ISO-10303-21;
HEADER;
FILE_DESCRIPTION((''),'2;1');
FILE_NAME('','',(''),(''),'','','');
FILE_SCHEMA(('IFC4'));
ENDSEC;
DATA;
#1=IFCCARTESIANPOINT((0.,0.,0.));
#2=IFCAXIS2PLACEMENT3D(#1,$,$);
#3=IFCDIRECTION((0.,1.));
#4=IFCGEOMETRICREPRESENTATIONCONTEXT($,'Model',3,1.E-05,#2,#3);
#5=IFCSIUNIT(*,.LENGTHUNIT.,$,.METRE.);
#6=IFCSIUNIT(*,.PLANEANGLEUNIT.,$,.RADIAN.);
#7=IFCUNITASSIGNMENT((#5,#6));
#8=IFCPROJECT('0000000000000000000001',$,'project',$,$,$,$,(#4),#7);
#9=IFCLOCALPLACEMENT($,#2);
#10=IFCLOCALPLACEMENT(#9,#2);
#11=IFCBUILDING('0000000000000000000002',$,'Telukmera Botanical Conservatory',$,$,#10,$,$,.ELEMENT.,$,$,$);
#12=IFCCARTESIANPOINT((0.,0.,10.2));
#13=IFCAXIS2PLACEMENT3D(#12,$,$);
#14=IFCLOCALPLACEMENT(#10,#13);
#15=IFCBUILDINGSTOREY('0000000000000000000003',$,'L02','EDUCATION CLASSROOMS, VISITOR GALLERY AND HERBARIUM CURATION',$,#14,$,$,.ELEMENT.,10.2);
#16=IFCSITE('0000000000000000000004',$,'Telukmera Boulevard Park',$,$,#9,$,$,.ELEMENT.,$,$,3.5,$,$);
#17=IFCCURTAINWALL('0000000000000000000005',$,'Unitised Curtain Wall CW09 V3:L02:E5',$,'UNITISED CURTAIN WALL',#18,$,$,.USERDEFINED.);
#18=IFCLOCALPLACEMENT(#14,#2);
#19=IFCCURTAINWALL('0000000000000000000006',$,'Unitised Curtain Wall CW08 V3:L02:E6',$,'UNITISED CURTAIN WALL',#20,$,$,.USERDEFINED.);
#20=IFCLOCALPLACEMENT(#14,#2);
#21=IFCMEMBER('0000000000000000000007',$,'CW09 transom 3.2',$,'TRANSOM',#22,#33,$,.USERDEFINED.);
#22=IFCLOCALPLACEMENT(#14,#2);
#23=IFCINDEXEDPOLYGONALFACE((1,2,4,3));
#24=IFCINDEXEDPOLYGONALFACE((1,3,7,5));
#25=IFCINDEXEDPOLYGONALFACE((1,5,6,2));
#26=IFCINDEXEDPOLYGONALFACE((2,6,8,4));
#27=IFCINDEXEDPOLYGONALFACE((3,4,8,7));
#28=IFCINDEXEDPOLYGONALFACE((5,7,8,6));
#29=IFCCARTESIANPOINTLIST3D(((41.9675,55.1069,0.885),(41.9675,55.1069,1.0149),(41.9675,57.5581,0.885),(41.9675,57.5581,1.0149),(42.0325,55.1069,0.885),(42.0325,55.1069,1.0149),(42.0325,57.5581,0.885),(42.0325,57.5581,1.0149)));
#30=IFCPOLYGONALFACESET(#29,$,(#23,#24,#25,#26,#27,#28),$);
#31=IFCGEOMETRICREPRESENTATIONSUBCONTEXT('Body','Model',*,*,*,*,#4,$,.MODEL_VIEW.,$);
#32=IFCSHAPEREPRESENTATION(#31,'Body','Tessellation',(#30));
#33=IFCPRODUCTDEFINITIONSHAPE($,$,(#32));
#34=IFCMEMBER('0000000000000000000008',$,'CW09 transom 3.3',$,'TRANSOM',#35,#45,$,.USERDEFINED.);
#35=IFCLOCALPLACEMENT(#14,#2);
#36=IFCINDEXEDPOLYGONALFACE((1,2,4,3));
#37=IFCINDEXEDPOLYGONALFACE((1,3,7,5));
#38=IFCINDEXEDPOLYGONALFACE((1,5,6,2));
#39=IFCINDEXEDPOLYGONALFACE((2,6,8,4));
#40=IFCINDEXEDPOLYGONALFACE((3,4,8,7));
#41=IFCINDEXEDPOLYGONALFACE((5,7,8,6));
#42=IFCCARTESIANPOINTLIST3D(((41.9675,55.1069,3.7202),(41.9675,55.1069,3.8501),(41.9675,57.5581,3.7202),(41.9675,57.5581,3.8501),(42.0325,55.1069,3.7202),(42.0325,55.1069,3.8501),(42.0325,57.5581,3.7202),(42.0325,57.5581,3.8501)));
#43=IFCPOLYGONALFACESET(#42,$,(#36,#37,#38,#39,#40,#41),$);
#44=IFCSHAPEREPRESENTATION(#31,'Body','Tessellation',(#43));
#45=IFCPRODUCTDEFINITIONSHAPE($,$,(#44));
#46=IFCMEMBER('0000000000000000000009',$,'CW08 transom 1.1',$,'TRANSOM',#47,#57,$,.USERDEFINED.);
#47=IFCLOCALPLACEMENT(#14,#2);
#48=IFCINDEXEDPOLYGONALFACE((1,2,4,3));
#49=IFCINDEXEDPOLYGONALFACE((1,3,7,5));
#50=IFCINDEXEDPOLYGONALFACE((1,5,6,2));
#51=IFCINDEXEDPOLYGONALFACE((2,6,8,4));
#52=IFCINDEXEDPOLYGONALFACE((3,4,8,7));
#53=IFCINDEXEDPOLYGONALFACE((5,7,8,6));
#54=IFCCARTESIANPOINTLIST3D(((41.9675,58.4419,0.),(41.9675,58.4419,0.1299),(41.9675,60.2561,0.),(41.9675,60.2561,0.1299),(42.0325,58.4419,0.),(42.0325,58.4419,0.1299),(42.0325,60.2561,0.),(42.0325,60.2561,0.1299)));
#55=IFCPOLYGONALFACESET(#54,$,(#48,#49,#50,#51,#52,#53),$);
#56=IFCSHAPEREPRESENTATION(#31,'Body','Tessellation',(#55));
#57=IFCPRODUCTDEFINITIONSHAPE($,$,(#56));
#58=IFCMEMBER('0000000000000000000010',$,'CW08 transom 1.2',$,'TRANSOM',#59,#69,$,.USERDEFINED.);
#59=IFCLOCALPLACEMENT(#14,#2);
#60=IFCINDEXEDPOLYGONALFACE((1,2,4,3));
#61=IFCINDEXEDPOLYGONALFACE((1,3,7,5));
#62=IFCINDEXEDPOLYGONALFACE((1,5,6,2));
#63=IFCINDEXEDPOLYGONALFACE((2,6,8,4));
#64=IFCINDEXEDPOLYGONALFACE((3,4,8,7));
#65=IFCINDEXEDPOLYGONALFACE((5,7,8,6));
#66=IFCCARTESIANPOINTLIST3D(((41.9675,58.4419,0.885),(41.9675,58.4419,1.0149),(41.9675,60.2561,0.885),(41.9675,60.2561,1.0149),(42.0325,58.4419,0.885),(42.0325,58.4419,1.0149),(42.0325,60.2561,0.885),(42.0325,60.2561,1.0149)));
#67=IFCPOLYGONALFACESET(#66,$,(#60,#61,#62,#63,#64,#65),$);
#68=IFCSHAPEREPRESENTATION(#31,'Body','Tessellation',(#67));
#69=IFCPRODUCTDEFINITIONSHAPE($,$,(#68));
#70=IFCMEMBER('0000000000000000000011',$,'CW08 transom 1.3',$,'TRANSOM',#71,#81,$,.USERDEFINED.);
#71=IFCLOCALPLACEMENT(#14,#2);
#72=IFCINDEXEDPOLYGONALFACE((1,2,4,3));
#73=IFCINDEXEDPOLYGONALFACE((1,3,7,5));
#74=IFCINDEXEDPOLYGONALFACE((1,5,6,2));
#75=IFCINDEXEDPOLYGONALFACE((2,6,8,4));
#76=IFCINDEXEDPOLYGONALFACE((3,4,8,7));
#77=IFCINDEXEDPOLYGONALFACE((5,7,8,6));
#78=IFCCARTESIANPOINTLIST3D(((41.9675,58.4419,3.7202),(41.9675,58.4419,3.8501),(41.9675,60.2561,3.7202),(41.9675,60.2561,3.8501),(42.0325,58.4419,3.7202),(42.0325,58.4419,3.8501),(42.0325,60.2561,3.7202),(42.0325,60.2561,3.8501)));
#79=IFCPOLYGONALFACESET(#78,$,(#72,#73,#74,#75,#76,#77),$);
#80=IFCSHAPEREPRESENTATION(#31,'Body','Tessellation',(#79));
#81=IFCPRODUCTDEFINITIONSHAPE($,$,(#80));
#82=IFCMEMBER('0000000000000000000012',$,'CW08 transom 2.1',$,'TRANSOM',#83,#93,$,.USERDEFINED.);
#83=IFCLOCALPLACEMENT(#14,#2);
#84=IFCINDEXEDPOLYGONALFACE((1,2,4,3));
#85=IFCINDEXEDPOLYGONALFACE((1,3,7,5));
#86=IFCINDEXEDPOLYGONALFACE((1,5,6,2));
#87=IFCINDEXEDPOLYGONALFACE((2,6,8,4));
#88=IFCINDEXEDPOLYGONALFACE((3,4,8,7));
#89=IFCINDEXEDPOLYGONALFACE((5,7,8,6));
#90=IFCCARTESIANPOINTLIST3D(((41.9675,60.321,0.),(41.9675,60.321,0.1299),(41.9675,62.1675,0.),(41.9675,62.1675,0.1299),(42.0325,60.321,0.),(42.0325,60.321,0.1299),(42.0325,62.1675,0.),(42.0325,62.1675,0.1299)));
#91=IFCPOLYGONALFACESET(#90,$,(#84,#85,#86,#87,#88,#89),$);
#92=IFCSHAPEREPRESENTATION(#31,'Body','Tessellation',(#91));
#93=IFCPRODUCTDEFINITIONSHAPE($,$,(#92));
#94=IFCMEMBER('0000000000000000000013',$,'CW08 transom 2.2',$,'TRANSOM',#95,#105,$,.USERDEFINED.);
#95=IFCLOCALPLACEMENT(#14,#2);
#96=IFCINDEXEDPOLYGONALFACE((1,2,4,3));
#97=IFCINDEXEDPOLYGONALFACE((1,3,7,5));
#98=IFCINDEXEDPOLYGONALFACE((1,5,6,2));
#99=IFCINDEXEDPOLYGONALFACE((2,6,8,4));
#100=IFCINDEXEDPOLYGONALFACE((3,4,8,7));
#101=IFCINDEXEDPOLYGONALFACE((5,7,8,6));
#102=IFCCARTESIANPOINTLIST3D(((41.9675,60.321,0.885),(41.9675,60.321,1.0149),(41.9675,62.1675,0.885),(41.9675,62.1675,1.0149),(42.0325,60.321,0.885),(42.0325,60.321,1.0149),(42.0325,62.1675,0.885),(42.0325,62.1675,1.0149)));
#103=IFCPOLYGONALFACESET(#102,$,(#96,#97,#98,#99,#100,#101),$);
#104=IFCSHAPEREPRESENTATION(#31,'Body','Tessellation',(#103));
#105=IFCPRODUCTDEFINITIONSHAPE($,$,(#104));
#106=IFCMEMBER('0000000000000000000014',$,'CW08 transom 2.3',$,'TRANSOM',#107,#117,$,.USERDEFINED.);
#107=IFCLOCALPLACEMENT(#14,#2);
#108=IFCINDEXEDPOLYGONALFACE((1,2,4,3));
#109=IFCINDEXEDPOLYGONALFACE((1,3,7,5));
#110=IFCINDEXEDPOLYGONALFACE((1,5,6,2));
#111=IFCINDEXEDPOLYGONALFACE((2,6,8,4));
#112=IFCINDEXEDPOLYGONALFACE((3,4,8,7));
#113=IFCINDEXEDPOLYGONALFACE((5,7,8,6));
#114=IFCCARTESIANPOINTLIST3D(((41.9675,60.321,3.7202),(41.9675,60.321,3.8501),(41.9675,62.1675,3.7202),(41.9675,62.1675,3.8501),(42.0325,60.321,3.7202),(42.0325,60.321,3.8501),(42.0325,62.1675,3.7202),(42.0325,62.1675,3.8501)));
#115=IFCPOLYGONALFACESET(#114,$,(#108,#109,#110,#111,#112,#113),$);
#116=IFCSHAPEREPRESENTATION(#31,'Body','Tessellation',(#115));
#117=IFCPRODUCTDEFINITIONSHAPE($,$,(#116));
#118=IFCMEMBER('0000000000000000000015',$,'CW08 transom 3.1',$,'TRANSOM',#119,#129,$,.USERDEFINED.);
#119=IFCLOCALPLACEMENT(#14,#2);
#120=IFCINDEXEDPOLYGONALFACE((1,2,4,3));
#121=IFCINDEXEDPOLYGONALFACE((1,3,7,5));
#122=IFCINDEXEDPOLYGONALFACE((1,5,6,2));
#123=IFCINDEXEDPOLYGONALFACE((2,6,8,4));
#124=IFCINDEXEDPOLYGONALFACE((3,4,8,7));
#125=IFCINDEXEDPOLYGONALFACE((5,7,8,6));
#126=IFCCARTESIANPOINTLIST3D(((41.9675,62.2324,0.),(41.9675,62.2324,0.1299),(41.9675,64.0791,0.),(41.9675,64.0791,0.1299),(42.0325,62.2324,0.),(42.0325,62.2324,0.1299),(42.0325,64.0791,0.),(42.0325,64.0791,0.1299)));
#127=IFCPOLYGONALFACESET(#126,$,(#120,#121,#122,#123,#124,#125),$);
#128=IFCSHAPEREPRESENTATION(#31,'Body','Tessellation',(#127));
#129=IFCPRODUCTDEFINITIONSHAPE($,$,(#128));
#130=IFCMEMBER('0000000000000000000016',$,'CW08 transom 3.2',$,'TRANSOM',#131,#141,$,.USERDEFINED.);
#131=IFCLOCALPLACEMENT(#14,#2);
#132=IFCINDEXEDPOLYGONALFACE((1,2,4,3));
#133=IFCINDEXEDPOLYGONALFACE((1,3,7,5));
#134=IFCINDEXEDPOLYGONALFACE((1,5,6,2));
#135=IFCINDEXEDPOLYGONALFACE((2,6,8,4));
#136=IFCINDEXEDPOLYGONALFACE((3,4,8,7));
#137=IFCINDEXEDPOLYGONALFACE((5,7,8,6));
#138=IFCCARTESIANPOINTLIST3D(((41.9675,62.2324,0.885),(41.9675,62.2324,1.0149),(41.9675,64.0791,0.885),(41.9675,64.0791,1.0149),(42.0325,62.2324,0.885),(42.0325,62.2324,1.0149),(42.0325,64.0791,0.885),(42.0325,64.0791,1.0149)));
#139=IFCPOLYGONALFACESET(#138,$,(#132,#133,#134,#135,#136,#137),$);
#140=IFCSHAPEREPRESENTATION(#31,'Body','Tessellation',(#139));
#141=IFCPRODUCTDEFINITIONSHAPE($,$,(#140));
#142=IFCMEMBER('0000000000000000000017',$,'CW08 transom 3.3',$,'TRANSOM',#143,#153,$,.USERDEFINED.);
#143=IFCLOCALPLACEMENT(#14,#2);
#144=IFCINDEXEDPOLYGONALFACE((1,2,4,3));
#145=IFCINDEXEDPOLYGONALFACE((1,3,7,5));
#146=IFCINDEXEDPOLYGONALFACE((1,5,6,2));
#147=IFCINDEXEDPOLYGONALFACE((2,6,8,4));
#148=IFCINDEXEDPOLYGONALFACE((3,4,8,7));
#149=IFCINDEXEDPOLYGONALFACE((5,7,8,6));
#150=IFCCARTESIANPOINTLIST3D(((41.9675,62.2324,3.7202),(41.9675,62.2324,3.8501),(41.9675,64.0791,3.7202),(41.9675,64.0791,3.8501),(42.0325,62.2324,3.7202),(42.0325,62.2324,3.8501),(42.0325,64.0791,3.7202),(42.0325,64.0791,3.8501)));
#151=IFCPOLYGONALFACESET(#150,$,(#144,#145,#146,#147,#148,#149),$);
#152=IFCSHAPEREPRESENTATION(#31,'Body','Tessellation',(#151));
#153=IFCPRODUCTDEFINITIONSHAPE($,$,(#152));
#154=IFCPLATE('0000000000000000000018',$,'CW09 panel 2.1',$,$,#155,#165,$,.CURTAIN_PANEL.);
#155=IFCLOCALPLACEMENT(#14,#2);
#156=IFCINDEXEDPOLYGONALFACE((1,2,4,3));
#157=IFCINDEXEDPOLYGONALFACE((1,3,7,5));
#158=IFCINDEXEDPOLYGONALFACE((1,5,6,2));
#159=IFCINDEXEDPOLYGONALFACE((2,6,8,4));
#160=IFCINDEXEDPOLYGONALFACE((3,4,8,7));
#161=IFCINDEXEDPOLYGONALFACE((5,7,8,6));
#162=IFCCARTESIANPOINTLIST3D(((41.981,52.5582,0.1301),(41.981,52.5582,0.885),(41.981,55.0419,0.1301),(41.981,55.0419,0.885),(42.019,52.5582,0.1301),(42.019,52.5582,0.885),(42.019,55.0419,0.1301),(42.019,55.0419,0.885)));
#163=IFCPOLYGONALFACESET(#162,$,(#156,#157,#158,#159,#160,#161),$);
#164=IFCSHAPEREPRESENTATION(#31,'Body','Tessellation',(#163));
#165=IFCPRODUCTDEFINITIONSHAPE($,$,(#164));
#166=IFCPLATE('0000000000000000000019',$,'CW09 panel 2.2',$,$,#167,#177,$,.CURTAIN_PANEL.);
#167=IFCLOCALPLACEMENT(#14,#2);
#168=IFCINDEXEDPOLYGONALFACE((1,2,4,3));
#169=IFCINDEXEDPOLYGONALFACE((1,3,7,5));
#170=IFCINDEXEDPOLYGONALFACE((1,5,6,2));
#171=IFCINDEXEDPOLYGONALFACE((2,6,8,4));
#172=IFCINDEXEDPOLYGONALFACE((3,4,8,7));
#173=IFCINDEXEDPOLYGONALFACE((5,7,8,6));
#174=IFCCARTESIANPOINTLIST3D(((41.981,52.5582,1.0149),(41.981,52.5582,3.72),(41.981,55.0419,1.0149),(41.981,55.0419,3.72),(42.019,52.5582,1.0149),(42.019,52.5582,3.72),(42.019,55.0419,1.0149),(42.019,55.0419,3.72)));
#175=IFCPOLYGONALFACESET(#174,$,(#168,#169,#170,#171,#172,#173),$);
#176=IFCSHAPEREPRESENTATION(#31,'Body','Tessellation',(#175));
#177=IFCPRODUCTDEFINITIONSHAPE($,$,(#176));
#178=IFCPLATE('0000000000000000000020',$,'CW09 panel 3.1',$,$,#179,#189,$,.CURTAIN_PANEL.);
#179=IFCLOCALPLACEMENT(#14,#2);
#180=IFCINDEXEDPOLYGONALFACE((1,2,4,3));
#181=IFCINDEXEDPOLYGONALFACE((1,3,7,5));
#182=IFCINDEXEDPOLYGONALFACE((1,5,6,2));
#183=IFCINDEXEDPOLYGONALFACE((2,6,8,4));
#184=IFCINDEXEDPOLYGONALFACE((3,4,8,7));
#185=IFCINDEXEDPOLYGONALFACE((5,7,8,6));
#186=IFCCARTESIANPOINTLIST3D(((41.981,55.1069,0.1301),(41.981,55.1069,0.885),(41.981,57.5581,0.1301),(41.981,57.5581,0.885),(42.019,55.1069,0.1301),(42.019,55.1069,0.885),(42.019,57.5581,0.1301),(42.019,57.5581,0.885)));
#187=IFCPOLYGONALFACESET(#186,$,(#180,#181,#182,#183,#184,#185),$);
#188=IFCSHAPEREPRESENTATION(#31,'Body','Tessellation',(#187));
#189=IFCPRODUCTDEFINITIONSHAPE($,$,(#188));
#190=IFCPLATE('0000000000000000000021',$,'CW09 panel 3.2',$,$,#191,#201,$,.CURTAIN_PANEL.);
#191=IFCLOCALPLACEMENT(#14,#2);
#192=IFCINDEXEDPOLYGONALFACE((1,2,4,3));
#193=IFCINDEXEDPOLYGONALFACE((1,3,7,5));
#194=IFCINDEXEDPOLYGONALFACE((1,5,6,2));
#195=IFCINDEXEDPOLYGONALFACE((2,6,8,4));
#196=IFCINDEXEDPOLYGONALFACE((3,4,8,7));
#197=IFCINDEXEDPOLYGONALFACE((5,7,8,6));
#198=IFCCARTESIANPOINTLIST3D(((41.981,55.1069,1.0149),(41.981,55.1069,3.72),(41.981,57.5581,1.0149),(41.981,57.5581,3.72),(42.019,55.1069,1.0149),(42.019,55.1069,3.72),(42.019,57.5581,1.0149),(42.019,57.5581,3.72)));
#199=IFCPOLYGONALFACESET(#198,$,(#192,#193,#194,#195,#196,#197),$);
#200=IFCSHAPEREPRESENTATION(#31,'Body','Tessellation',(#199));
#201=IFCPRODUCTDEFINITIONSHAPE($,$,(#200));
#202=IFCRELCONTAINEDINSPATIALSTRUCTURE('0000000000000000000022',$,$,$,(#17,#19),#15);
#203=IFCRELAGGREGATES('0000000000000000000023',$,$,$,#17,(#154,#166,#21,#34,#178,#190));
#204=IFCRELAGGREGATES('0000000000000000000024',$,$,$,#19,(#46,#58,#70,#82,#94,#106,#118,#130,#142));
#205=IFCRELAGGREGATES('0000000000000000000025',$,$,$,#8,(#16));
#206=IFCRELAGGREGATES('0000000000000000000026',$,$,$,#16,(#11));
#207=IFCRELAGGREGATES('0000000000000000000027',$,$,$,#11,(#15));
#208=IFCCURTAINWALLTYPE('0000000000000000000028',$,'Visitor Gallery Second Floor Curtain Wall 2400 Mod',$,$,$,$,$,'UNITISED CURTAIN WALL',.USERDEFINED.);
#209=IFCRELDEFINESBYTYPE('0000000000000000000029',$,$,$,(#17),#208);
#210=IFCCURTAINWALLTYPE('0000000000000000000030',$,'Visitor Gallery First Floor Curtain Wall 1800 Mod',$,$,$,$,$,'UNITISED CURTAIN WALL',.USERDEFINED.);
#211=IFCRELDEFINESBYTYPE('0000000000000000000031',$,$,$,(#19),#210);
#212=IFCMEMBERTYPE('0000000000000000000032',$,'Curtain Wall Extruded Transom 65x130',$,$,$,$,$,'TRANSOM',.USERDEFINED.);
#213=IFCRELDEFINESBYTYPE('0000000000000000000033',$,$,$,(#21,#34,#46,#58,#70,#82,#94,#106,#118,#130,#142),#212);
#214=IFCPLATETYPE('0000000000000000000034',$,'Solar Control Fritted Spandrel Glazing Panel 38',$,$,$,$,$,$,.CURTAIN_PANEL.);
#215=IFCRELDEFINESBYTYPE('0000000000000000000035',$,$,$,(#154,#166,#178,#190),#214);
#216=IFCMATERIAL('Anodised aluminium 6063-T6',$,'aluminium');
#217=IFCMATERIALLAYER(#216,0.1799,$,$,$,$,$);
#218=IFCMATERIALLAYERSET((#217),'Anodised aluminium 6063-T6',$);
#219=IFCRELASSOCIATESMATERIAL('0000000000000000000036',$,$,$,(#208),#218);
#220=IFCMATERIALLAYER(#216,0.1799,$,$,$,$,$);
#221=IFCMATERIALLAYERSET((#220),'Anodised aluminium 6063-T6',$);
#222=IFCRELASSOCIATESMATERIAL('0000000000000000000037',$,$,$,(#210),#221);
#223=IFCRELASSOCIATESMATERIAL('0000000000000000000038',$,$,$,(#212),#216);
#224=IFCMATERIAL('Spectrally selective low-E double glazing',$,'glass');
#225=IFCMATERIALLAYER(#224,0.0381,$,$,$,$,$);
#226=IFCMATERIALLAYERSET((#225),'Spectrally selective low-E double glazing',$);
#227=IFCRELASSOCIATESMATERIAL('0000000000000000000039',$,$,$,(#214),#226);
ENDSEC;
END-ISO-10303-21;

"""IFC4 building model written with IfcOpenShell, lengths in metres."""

from ifc_helpers import new_model, si_unit, direction, frame, origin, origin_2d, place, context, subcontext, project, spatial, rectangle, extrude, material, layer, layer_set, material_profile, profile_set, type_object, element, aggregate, save


model = new_model("IFC4")

# Units and contexts
model_context = context("Model", 3, precision=1e-05, world=origin(), true_north=direction((0.0, 1.0)))
body_context = subcontext(model_context, "Body", "Model", "MODEL_VIEW")
ifc_project = project(units=[si_unit("LENGTHUNIT", "METRE"), si_unit("PLANEANGLEUNIT", "RADIAN")], contexts=[model_context])

# Site, building, storey
site_placement = place(None, origin())
site = spatial("IfcSite", under=ifc_project, at=site_placement, Name="Telukmera Boulevard Park", CompositionType="ELEMENT", RefElevation=3.5)
building_placement = place(site_placement, origin())
building = spatial("IfcBuilding", under=site, at=building_placement, Name="Telukmera Botanical Conservatory", CompositionType="ELEMENT")
storey_placement = place(building_placement, frame((0.0, 0.0, 10.2)))
storey = spatial("IfcBuildingStorey", under=building, at=storey_placement, Name="L02", Description="EDUCATION CLASSROOMS, VISITOR GALLERY AND HERBARIUM CURATION", CompositionType="ELEMENT", Elevation=10.2)

# Curtain walls
ifc_material_1 = material(Name="Anodised aluminium 6063-T6", Category="aluminium")
ifc_layer_1 = layer(ifc_material_1, 0.1799)
ifc_layer_set_1 = layer_set([ifc_layer_1], Name="Anodised aluminium 6063-T6")
curtain_wall_type_1 = type_object("IfcCurtainWallType", Name="Visitor Gallery Second Floor Curtain Wall 2400 Mod", ElementType="UNITISED CURTAIN WALL", PredefinedType="USERDEFINED", material=ifc_layer_set_1)
curtain_wall_1_placement = place(storey_placement, origin())
curtain_wall_1 = element("IfcCurtainWall", 1, at=curtain_wall_1_placement, inside=storey, type_object=curtain_wall_type_1, Name="Unitised Curtain Wall CW09 V3:L02:E5", ObjectType="UNITISED CURTAIN WALL", PredefinedType="USERDEFINED")
ifc_layer_2 = layer(ifc_material_1, 0.1799)
ifc_layer_set_2 = layer_set([ifc_layer_2], Name="Anodised aluminium 6063-T6")
curtain_wall_type_2 = type_object("IfcCurtainWallType", Name="Visitor Gallery First Floor Curtain Wall 1800 Mod", ElementType="UNITISED CURTAIN WALL", PredefinedType="USERDEFINED", material=ifc_layer_set_2)
curtain_wall_2_placement = place(storey_placement, origin())
curtain_wall_2 = element("IfcCurtainWall", 2, at=curtain_wall_2_placement, inside=storey, type_object=curtain_wall_type_2, Name="Unitised Curtain Wall CW08 V3:L02:E6", ObjectType="UNITISED CURTAIN WALL", PredefinedType="USERDEFINED")

# Members
ifc_material_profile_1 = material_profile(ifc_material_1, rectangle(XDim=0.0649, YDim=0.1299, at=origin_2d()), Name="ALU TRAN 65x130")
ifc_profile_set_1 = profile_set([ifc_material_profile_1], Name="Anodised aluminium 6063-T6")
member_type_1 = type_object("IfcMemberType", Name="Curtain Wall Extruded Transom 65x130", ElementType="TRANSOM", PredefinedType="USERDEFINED", material=ifc_profile_set_1)
member_1_placement = place(storey_placement, frame((42.0, 55.1069, 0.95), z_axis=(0.0, 1.0, 0.0), x_axis=(-1.0, 0.0, 0.0)))
member_1 = element("IfcMember", 3, at=member_1_placement, type_object=member_type_1, Name="CW09 transom 3.2", ObjectType="TRANSOM", PredefinedType="USERDEFINED", context=body_context, shape_type="SweptSolid", body=[
    extrude(rectangle(XDim=0.0649, YDim=0.1299, at=origin_2d()), origin(), (0.0, 0.0, 1.0), 2.4512),
])
member_2_placement = place(storey_placement, frame((42.0, 55.1069, 3.7852), z_axis=(0.0, 1.0, 0.0), x_axis=(-1.0, 0.0, 0.0)))
member_2 = element("IfcMember", 4, at=member_2_placement, type_object=member_type_1, Name="CW09 transom 3.3", ObjectType="TRANSOM", PredefinedType="USERDEFINED", context=body_context, shape_type="SweptSolid", body=[
    extrude(rectangle(XDim=0.0649, YDim=0.1299, at=origin_2d()), origin(), (0.0, 0.0, 1.0), 2.4512),
])
member_3_placement = place(storey_placement, frame((42.0, 58.4419, 0.0649), z_axis=(0.0, 1.0, 0.0), x_axis=(-1.0, 0.0, 0.0)))
member_3 = element("IfcMember", 5, at=member_3_placement, type_object=member_type_1, Name="CW08 transom 1.1", ObjectType="TRANSOM", PredefinedType="USERDEFINED", context=body_context, shape_type="SweptSolid", body=[
    extrude(rectangle(XDim=0.0649, YDim=0.1299, at=origin_2d()), origin(), (0.0, 0.0, 1.0), 1.8142),
])
member_4_placement = place(storey_placement, frame((42.0, 58.4419, 0.95), z_axis=(0.0, 1.0, 0.0), x_axis=(-1.0, 0.0, 0.0)))
member_4 = element("IfcMember", 6, at=member_4_placement, type_object=member_type_1, Name="CW08 transom 1.2", ObjectType="TRANSOM", PredefinedType="USERDEFINED", context=body_context, shape_type="SweptSolid", body=[
    extrude(rectangle(XDim=0.0649, YDim=0.1299, at=origin_2d()), origin(), (0.0, 0.0, 1.0), 1.8142),
])
member_5_placement = place(storey_placement, frame((42.0, 58.4419, 3.7852), z_axis=(0.0, 1.0, 0.0), x_axis=(-1.0, 0.0, 0.0)))
member_5 = element("IfcMember", 7, at=member_5_placement, type_object=member_type_1, Name="CW08 transom 1.3", ObjectType="TRANSOM", PredefinedType="USERDEFINED", context=body_context, shape_type="SweptSolid", body=[
    extrude(rectangle(XDim=0.0649, YDim=0.1299, at=origin_2d()), origin(), (0.0, 0.0, 1.0), 1.8142),
])
member_6_placement = place(storey_placement, frame((42.0, 60.321, 0.0649), z_axis=(0.0, 1.0, 0.0), x_axis=(-1.0, 0.0, 0.0)))
member_6 = element("IfcMember", 8, at=member_6_placement, type_object=member_type_1, Name="CW08 transom 2.1", ObjectType="TRANSOM", PredefinedType="USERDEFINED", context=body_context, shape_type="SweptSolid", body=[
    extrude(rectangle(XDim=0.0649, YDim=0.1299, at=origin_2d()), origin(), (0.0, 0.0, 1.0), 1.8464),
])
member_7_placement = place(storey_placement, frame((42.0, 60.321, 0.95), z_axis=(0.0, 1.0, 0.0), x_axis=(-1.0, 0.0, 0.0)))
member_7 = element("IfcMember", 9, at=member_7_placement, type_object=member_type_1, Name="CW08 transom 2.2", ObjectType="TRANSOM", PredefinedType="USERDEFINED", context=body_context, shape_type="SweptSolid", body=[
    extrude(rectangle(XDim=0.0649, YDim=0.1299, at=origin_2d()), origin(), (0.0, 0.0, 1.0), 1.8464),
])
member_8_placement = place(storey_placement, frame((42.0, 60.321, 3.7852), z_axis=(0.0, 1.0, 0.0), x_axis=(-1.0, 0.0, 0.0)))
member_8 = element("IfcMember", 10, at=member_8_placement, type_object=member_type_1, Name="CW08 transom 2.3", ObjectType="TRANSOM", PredefinedType="USERDEFINED", context=body_context, shape_type="SweptSolid", body=[
    extrude(rectangle(XDim=0.0649, YDim=0.1299, at=origin_2d()), origin(), (0.0, 0.0, 1.0), 1.8464),
])
member_9_placement = place(storey_placement, frame((42.0, 62.2324, 0.0649), z_axis=(0.0, 1.0, 0.0), x_axis=(-1.0, 0.0, 0.0)))
member_9 = element("IfcMember", 11, at=member_9_placement, type_object=member_type_1, Name="CW08 transom 3.1", ObjectType="TRANSOM", PredefinedType="USERDEFINED", context=body_context, shape_type="SweptSolid", body=[
    extrude(rectangle(XDim=0.0649, YDim=0.1299, at=origin_2d()), origin(), (0.0, 0.0, 1.0), 1.8467),
])
member_10_placement = place(storey_placement, frame((42.0, 62.2324, 0.95), z_axis=(0.0, 1.0, 0.0), x_axis=(-1.0, 0.0, 0.0)))
member_10 = element("IfcMember", 12, at=member_10_placement, type_object=member_type_1, Name="CW08 transom 3.2", ObjectType="TRANSOM", PredefinedType="USERDEFINED", context=body_context, shape_type="SweptSolid", body=[
    extrude(rectangle(XDim=0.0649, YDim=0.1299, at=origin_2d()), origin(), (0.0, 0.0, 1.0), 1.8467),
])
member_11_placement = place(storey_placement, frame((42.0, 62.2324, 3.7852), z_axis=(0.0, 1.0, 0.0), x_axis=(-1.0, 0.0, 0.0)))
member_11 = element("IfcMember", 13, at=member_11_placement, type_object=member_type_1, Name="CW08 transom 3.3", ObjectType="TRANSOM", PredefinedType="USERDEFINED", context=body_context, shape_type="SweptSolid", body=[
    extrude(rectangle(XDim=0.0649, YDim=0.1299, at=origin_2d()), origin(), (0.0, 0.0, 1.0), 1.8467),
])

# Plates
ifc_material_2 = material(Name="Spectrally selective low-E double glazing", Category="glass")
ifc_layer_3 = layer(ifc_material_2, 0.0381)
ifc_layer_set_3 = layer_set([ifc_layer_3], Name="Spectrally selective low-E double glazing")
plate_type_1 = type_object("IfcPlateType", Name="Solar Control Fritted Spandrel Glazing Panel 38", PredefinedType="CURTAIN_PANEL", material=ifc_layer_set_3)
plate_1_placement = place(storey_placement, frame((42.0, 53.8, 0.1301), z_axis=(0.0, 0.0, 1.0), x_axis=(0.0, 1.0, 0.0)))
plate_1 = element("IfcPlate", 14, at=plate_1_placement, type_object=plate_type_1, Name="CW09 panel 2.1", PredefinedType="CURTAIN_PANEL", context=body_context, shape_type="SweptSolid", body=[
    extrude(rectangle(XDim=2.4836, YDim=0.0381, at=origin_2d()), origin(), (0.0, 0.0, 1.0), 0.7549),
])
plate_2_placement = place(storey_placement, frame((42.0, 53.8, 1.0149), z_axis=(0.0, 0.0, 1.0), x_axis=(0.0, 1.0, 0.0)))
plate_2 = element("IfcPlate", 15, at=plate_2_placement, type_object=plate_type_1, Name="CW09 panel 2.2", PredefinedType="CURTAIN_PANEL", context=body_context, shape_type="SweptSolid", body=[
    extrude(rectangle(XDim=2.4836, YDim=0.0381, at=origin_2d()), origin(), (0.0, 0.0, 1.0), 2.7051),
])
plate_3_placement = place(storey_placement, frame((42.0, 56.3325, 0.1301), z_axis=(0.0, 0.0, 1.0), x_axis=(0.0, 1.0, 0.0)))
plate_3 = element("IfcPlate", 16, at=plate_3_placement, type_object=plate_type_1, Name="CW09 panel 3.1", PredefinedType="CURTAIN_PANEL", context=body_context, shape_type="SweptSolid", body=[
    extrude(rectangle(XDim=2.4512, YDim=0.0381, at=origin_2d()), origin(), (0.0, 0.0, 1.0), 0.7549),
])
plate_4_placement = place(storey_placement, frame((42.0, 56.3325, 1.0149), z_axis=(0.0, 0.0, 1.0), x_axis=(0.0, 1.0, 0.0)))
plate_4 = element("IfcPlate", 17, at=plate_4_placement, type_object=plate_type_1, Name="CW09 panel 3.2", PredefinedType="CURTAIN_PANEL", context=body_context, shape_type="SweptSolid", body=[
    extrude(rectangle(XDim=2.4512, YDim=0.0381, at=origin_2d()), origin(), (0.0, 0.0, 1.0), 2.7051),
])
aggregate(curtain_wall_1, [plate_1, plate_2, member_1, member_2, plate_3, plate_4])
aggregate(curtain_wall_2, [member_3, member_4, member_5, member_6, member_7, member_8, member_9, member_10, member_11])

save(model, "model.ifc")
